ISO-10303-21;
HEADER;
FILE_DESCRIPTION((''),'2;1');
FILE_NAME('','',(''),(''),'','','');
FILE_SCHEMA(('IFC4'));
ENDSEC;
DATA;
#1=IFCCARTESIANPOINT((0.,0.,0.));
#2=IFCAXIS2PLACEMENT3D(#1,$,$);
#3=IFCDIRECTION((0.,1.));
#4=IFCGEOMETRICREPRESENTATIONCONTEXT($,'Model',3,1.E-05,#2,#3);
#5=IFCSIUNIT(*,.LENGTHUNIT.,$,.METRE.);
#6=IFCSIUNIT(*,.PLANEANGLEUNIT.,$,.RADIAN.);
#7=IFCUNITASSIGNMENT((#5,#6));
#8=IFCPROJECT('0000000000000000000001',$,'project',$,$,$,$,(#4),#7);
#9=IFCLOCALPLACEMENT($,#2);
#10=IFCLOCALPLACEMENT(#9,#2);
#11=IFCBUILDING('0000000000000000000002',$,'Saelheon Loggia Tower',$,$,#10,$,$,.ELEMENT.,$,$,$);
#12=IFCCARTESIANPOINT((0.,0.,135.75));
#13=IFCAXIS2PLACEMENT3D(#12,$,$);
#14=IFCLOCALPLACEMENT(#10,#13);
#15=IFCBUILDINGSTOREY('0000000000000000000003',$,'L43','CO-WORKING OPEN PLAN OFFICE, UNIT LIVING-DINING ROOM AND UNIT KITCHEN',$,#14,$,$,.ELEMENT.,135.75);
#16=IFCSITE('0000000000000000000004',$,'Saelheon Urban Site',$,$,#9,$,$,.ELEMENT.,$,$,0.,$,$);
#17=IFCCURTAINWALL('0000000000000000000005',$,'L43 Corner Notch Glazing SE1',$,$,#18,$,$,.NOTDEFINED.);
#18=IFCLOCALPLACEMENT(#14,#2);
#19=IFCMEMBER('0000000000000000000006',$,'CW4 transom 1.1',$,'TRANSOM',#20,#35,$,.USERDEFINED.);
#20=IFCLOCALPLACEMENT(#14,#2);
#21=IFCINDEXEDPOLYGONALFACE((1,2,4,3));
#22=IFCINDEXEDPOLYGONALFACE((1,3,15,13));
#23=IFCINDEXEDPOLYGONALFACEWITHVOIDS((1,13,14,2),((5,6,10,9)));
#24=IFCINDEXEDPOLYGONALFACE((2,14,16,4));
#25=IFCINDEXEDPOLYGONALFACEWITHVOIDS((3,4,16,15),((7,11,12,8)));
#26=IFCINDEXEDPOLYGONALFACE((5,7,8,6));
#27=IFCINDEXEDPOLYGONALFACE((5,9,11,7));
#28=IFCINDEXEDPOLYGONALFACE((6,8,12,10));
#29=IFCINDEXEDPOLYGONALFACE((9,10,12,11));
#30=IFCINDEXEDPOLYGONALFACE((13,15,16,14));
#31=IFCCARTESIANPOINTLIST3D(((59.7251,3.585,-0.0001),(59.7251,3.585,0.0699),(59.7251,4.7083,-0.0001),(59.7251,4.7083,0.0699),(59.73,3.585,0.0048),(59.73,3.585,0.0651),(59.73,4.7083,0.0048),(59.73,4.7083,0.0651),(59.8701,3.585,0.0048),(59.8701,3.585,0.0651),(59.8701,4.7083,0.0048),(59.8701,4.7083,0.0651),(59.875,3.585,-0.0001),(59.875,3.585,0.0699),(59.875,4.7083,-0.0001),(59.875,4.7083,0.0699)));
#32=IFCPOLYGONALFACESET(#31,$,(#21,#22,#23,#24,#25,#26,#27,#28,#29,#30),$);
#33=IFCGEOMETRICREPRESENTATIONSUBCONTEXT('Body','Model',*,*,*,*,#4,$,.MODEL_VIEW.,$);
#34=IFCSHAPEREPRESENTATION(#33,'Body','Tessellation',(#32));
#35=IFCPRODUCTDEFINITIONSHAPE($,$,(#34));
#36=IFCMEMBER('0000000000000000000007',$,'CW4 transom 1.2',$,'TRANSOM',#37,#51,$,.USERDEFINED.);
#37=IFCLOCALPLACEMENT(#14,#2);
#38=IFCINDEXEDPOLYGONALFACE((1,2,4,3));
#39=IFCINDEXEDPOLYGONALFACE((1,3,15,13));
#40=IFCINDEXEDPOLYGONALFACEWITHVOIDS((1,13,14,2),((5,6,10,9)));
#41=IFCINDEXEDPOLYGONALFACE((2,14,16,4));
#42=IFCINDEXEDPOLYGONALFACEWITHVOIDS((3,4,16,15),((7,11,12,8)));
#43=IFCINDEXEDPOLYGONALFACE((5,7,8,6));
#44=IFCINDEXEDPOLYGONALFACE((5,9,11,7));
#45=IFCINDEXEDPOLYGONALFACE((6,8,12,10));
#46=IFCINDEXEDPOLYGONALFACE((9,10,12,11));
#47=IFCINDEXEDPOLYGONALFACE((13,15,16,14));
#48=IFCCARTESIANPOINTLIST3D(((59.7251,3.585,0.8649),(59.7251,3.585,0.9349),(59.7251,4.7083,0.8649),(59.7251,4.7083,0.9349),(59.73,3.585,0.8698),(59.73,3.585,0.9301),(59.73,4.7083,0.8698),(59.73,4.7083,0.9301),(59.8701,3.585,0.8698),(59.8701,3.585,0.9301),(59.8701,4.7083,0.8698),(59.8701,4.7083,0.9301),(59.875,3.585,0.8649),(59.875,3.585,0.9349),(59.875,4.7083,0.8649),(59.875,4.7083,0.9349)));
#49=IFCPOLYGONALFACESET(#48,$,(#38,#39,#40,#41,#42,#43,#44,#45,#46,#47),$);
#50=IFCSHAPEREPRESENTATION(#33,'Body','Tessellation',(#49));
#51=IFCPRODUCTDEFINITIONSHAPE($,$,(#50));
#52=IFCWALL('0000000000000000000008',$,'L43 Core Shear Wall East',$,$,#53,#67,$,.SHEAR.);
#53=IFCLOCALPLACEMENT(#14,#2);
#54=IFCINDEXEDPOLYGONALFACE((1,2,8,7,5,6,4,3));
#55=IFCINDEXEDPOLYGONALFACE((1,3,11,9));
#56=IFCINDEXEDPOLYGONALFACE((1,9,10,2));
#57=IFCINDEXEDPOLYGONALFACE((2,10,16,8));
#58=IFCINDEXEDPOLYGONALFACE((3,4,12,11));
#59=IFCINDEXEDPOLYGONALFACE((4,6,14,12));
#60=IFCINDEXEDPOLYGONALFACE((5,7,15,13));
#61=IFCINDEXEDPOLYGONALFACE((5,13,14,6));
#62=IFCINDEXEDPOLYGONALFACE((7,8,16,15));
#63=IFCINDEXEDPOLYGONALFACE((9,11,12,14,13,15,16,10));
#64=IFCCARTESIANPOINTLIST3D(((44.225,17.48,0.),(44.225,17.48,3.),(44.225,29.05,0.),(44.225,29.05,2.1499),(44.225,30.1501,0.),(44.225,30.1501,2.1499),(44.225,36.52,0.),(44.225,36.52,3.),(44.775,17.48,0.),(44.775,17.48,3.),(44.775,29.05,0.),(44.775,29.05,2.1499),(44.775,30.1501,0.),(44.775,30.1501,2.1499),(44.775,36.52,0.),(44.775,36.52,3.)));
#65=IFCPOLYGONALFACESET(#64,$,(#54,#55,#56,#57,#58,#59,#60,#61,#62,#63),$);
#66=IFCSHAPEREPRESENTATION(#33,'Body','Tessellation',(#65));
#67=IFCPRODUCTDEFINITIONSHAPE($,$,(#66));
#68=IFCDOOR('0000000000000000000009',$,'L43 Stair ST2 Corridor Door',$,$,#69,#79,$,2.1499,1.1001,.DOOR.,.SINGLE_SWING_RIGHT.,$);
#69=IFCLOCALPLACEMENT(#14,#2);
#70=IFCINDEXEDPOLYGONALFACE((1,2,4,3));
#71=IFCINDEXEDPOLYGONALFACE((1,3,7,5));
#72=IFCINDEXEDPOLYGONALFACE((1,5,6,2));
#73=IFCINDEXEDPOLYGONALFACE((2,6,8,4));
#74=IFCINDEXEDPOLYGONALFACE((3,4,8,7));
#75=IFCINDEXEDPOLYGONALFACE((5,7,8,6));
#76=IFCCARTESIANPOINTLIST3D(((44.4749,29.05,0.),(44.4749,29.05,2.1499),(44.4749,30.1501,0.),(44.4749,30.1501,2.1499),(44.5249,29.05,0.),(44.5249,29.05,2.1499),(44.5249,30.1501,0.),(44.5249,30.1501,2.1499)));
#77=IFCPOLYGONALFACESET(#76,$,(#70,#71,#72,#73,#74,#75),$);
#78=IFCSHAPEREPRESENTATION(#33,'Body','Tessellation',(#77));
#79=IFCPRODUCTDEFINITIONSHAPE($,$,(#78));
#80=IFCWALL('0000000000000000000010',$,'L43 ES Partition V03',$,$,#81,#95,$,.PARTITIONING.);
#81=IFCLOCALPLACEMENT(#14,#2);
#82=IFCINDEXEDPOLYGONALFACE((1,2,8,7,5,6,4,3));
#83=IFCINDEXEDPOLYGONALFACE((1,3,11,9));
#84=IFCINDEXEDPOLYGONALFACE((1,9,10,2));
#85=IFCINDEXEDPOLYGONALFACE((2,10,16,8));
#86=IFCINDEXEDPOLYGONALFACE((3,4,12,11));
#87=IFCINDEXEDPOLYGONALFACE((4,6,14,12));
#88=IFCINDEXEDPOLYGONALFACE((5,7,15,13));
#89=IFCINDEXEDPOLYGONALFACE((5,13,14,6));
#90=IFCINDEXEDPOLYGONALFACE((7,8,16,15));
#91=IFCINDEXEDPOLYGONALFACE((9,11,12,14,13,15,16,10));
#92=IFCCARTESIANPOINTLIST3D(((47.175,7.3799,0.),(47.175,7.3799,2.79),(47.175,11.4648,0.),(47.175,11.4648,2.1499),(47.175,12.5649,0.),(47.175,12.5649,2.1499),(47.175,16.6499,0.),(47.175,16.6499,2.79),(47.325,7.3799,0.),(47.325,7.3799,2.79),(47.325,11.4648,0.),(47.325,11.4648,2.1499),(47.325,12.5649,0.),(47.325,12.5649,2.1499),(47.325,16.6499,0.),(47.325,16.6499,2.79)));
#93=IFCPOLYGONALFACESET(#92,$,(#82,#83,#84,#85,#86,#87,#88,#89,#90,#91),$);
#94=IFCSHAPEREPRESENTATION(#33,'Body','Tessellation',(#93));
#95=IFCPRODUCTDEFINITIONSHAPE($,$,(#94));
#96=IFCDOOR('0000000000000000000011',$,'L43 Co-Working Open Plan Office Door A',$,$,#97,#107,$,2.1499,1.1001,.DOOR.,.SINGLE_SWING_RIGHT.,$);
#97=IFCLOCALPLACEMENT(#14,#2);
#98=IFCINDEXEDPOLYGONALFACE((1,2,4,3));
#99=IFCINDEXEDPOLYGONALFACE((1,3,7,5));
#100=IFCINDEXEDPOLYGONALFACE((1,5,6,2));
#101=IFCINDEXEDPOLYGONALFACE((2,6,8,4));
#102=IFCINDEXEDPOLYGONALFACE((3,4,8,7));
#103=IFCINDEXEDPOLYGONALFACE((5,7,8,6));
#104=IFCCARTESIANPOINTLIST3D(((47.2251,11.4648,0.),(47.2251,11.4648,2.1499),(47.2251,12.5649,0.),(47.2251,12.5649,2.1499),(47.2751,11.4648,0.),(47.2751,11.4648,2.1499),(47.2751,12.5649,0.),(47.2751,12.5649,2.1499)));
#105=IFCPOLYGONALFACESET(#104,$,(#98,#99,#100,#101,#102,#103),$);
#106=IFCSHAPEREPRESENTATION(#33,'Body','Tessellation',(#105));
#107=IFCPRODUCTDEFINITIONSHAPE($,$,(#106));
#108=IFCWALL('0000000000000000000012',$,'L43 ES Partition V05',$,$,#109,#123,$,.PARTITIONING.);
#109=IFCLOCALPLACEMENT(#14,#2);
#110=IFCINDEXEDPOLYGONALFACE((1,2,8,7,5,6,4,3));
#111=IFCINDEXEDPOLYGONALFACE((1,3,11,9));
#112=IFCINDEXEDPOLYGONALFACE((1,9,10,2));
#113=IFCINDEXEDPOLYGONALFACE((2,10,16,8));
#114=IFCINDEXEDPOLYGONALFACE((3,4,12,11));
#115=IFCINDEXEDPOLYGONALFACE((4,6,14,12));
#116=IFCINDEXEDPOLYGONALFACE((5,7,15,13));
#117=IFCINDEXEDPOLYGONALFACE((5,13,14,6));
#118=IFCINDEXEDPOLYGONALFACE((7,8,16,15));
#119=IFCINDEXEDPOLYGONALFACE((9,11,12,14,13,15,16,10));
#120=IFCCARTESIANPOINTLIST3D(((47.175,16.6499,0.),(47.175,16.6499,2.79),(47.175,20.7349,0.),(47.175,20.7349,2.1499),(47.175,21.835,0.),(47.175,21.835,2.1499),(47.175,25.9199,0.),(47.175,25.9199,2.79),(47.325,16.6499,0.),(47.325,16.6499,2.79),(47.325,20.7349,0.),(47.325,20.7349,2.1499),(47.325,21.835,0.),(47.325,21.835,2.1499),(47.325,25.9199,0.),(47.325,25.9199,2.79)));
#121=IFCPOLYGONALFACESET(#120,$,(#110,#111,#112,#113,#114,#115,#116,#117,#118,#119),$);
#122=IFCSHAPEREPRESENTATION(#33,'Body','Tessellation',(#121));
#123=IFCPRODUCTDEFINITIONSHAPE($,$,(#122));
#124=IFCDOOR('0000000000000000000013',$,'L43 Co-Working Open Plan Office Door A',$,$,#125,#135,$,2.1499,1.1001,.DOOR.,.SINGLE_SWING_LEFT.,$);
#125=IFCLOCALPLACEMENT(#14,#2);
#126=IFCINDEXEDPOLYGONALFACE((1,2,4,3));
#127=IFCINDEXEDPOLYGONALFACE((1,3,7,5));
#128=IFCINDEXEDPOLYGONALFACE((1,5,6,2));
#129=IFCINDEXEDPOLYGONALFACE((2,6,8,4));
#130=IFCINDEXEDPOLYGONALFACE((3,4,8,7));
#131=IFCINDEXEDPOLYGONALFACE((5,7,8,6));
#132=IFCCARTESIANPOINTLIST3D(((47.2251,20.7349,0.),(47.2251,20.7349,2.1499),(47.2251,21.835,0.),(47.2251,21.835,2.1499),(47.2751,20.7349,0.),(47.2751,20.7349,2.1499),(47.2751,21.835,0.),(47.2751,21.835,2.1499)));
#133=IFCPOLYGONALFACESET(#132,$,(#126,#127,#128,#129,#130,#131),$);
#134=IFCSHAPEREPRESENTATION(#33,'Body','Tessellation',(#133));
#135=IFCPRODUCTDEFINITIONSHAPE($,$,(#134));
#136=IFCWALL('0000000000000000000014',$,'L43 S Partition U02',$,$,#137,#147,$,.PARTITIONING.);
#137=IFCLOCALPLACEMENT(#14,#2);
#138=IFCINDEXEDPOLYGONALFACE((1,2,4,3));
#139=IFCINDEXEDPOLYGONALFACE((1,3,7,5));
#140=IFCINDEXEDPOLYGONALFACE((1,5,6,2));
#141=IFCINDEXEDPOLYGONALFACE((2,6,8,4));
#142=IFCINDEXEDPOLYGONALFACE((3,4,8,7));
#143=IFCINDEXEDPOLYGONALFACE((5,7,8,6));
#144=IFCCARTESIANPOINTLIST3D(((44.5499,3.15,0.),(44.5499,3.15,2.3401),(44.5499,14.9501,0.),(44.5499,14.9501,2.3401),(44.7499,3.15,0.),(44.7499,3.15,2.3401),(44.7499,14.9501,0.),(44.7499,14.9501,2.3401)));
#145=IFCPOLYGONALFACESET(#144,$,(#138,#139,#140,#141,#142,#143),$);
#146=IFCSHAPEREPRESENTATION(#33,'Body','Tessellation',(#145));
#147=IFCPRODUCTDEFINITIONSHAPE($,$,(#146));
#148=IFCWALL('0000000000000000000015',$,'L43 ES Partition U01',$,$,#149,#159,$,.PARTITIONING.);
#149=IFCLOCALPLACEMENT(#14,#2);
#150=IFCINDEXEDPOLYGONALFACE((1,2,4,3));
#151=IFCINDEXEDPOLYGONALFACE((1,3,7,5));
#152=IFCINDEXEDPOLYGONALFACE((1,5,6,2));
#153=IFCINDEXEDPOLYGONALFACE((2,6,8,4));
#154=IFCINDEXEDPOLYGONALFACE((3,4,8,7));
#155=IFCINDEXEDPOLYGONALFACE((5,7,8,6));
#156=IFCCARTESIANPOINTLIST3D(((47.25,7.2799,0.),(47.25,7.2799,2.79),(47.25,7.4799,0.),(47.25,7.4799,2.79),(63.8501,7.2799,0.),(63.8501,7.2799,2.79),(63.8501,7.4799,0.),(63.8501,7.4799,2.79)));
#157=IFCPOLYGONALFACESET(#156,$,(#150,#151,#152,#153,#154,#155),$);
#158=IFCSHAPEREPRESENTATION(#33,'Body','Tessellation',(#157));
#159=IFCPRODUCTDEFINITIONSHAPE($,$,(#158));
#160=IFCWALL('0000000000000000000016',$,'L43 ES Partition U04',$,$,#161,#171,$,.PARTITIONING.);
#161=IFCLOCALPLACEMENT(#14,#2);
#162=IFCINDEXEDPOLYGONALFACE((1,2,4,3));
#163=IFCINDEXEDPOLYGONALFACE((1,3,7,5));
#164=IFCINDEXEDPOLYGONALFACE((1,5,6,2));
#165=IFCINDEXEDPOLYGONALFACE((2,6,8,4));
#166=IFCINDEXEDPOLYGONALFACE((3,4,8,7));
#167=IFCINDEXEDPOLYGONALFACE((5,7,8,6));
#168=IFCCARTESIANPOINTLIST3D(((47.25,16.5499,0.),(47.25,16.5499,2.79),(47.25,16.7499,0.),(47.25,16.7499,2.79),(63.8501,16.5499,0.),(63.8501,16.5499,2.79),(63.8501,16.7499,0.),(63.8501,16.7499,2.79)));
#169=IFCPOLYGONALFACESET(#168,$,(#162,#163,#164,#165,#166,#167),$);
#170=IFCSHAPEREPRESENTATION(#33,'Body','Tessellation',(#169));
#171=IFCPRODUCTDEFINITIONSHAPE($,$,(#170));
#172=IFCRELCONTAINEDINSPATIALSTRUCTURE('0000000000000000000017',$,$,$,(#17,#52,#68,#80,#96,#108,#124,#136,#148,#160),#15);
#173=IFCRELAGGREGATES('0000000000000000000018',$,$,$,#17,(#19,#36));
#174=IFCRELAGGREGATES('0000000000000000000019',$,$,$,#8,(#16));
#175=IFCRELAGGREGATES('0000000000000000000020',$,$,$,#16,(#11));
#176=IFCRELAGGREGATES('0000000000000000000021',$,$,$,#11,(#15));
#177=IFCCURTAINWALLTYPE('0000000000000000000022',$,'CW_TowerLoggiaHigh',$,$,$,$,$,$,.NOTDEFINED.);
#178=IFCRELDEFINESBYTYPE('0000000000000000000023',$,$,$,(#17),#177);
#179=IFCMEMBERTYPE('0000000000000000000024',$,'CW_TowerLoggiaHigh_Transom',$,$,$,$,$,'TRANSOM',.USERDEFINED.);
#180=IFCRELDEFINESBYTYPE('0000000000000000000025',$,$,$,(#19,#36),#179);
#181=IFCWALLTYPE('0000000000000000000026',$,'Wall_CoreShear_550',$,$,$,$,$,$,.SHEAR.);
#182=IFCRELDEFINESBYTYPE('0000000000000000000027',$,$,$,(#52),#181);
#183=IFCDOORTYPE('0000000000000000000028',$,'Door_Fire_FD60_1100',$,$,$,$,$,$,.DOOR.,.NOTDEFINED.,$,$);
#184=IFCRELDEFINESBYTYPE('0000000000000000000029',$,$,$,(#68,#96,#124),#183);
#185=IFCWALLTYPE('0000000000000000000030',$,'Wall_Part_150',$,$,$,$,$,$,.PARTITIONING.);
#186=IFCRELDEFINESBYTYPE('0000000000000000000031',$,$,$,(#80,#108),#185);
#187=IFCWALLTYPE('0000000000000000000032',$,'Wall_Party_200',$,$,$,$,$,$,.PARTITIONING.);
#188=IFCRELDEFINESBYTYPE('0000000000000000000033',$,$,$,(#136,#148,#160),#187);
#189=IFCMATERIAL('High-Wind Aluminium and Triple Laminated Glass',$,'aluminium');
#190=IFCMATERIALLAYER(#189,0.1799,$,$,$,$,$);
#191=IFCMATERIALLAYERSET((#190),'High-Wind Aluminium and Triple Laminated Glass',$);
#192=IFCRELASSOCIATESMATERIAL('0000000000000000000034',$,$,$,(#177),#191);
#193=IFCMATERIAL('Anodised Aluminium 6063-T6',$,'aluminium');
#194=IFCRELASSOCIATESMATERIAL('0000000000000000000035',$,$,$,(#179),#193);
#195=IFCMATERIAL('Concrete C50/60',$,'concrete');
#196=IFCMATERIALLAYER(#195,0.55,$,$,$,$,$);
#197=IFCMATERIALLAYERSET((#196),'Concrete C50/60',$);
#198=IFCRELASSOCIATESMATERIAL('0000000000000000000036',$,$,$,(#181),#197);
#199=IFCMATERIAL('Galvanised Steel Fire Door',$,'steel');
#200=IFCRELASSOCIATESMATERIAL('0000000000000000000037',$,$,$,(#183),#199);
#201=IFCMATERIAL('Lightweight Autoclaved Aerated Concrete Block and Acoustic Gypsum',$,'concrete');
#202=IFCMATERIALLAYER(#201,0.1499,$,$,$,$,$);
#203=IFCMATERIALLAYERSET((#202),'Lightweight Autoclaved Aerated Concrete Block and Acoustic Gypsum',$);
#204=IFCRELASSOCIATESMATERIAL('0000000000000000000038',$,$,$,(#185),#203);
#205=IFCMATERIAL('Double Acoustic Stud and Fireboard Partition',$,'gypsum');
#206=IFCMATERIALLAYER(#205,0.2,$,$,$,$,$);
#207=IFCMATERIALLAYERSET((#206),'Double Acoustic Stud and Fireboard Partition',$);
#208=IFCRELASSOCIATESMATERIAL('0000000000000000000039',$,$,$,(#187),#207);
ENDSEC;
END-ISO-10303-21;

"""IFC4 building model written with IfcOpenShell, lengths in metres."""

from ifc_helpers import new_model, si_unit, direction, frame, frame_2d, origin, origin_2d, place, context, subcontext, project, spatial, rectangle, hollow_rectangle, extrude, source, transform, mapped, material, layer, layer_set, material_profile, profile_set, type_object, element, fill, aggregate, save


model = new_model("IFC4")

# Units and contexts
model_context = context("Model", 3, precision=1e-05, world=origin(), true_north=direction((0.0, 1.0)))
body_context = subcontext(model_context, "Body", "Model", "MODEL_VIEW")
ifc_project = project(units=[si_unit("LENGTHUNIT", "METRE"), si_unit("PLANEANGLEUNIT", "RADIAN")], contexts=[model_context])

# Site, building, storey
site_placement = place(None, origin())
site = spatial("IfcSite", under=ifc_project, at=site_placement, Name="Saelheon Urban Site", CompositionType="ELEMENT", RefElevation=0.0)
building_placement = place(site_placement, origin())
building = spatial("IfcBuilding", under=site, at=building_placement, Name="Saelheon Loggia Tower", CompositionType="ELEMENT")
storey_placement = place(building_placement, frame((0.0, 0.0, 135.75)))
storey = spatial("IfcBuildingStorey", under=building, at=storey_placement, Name="L43", Description="CO-WORKING OPEN PLAN OFFICE, UNIT LIVING-DINING ROOM AND UNIT KITCHEN", CompositionType="ELEMENT", Elevation=135.75)

# Shared definitions
ifc_material_1 = material(Name="Concrete C50/60", Category="concrete")

# Curtain wall, members
ifc_material_2 = material(Name="High-Wind Aluminium and Triple Laminated Glass", Category="aluminium")
ifc_layer_1 = layer(ifc_material_2, 0.1799)
ifc_layer_set_1 = layer_set([ifc_layer_1], Name="High-Wind Aluminium and Triple Laminated Glass")
curtain_wall_type = type_object("IfcCurtainWallType", Name="CW_TowerLoggiaHigh", PredefinedType="NOTDEFINED", material=ifc_layer_set_1)
curtain_wall_placement = place(storey_placement, origin())
curtain_wall = element("IfcCurtainWall", 1, at=curtain_wall_placement, inside=storey, type_object=curtain_wall_type, Name="L43 Corner Notch Glazing SE1", PredefinedType="NOTDEFINED")
ifc_material_3 = material(Name="Anodised Aluminium 6063-T6", Category="aluminium")
ifc_material_profile_1 = material_profile(ifc_material_3, hollow_rectangle(XDim=0.0701, YDim=0.1499, WallThickness=0.0049, at=origin_2d()), Name="RHS-150x70x5")
ifc_profile_set_1 = profile_set([ifc_material_profile_1], Name="Anodised Aluminium 6063-T6")
member_type_1 = type_object("IfcMemberType", Name="CW_TowerLoggiaHigh_Transom", ElementType="TRANSOM", PredefinedType="USERDEFINED", material=ifc_profile_set_1)
shared_shape_1 = source(origin(), body_context, "Body", "SweptSolid", [
    extrude(hollow_rectangle(XDim=0.0701, YDim=0.1499, WallThickness=0.0049, at=origin_2d()), origin(), (0.0, 0.0, 1.0), 1.1233),
])
member_1_placement = place(storey_placement, frame((59.8, 3.585, 0.0349), z_axis=(0.0, 1.0, 0.0), x_axis=(0.0, 0.0, 1.0)))
member_1 = element("IfcMember", 2, at=member_1_placement, type_object=member_type_1, Name="CW4 transom 1.1", ObjectType="TRANSOM", PredefinedType="USERDEFINED", context=body_context, shape_type="MappedRepresentation", body=[
    mapped(shared_shape_1, transform((0.0, 0.0, 0.0), scale=1.0)),
])
member_2_placement = place(storey_placement, frame((59.8, 3.585, 0.8999), z_axis=(0.0, 1.0, 0.0), x_axis=(0.0, 0.0, 1.0)))
member_2 = element("IfcMember", 3, at=member_2_placement, type_object=member_type_1, Name="CW4 transom 1.2", ObjectType="TRANSOM", PredefinedType="USERDEFINED", context=body_context, shape_type="MappedRepresentation", body=[
    mapped(shared_shape_1, transform((0.0, 0.0, 0.0), scale=1.0)),
])
aggregate(curtain_wall, [member_1, member_2])

# Walls, openings, doors
ifc_layer_2 = layer(ifc_material_1, 0.55)
ifc_layer_set_2 = layer_set([ifc_layer_2], Name="Concrete C50/60")
wall_type_1 = type_object("IfcWallType", Name="Wall_CoreShear_550", PredefinedType="SHEAR", material=ifc_layer_set_2)
wall_1_placement = place(storey_placement, frame((44.5, 17.48, 0.0), z_axis=(0.0, 0.0, 1.0), x_axis=(0.0, 1.0, 0.0)))
wall_1 = element("IfcWall", 4, at=wall_1_placement, inside=storey, type_object=wall_type_1, Name="L43 Core Shear Wall East", PredefinedType="SHEAR", context=body_context, shape_type="SweptSolid", body=[
    extrude(rectangle(XDim=19.04, YDim=0.55, at=frame_2d((9.52, 0.0))), origin(), (0.0, 0.0, 1.0), 3.0),
])
opening_1_placement = place(wall_1_placement, frame((12.6702, 0.0, 0.0), z_axis=(0.0, 0.0, 1.0), x_axis=(-1.0, 0.0, 0.0)))
opening_1 = element("IfcOpeningElement", 5, at=opening_1_placement, cuts=wall_1, PredefinedType="OPENING", context=body_context, shape_type="SweptSolid", body=[
    extrude(rectangle(XDim=1.1001, YDim=2.1499, at=frame_2d((0.55, 1.075))), frame((0.0, 0.2871, 0.0), z_axis=(0.0, -1.0, 0.0), x_axis=(1.0, 0.0, 0.0)), (0.0, 0.0, 1.0), 0.574),
])
ifc_material_4 = material(Name="Galvanised Steel Fire Door", Category="steel")
door_type_1 = type_object("IfcDoorType", Name="Door_Fire_FD60_1100", OperationType="NOTDEFINED", PredefinedType="DOOR", material=ifc_material_4)
shared_shape_2 = source(origin(), body_context, "Body", "SweptSolid", [
    extrude(rectangle(XDim=1.1001, YDim=2.1499, at=frame_2d((0.55, 1.075))), frame((0.0, 0.0249, 0.0), z_axis=(0.0, -1.0, 0.0), x_axis=(1.0, 0.0, 0.0)), (0.0, 0.0, 1.0), 0.05),
])
door_1_placement = place(opening_1_placement, origin())
door_1 = element("IfcDoor", 6, at=door_1_placement, inside=storey, type_object=door_type_1, Name="L43 Stair ST2 Corridor Door", OperationType="SINGLE_SWING_RIGHT", OverallHeight=2.1499, OverallWidth=1.1001, PredefinedType="DOOR", context=body_context, shape_type="MappedRepresentation", body=[
    mapped(shared_shape_2, transform((0.0, 0.0, 0.0), scale=1.0)),
])
fill(opening_1, door_1)
ifc_material_5 = material(Name="Lightweight Autoclaved Aerated Concrete Block and Acoustic Gypsum", Category="concrete")
ifc_layer_3 = layer(ifc_material_5, 0.1499)
ifc_layer_set_3 = layer_set([ifc_layer_3], Name="Lightweight Autoclaved Aerated Concrete Block and Acoustic Gypsum")
wall_type_2 = type_object("IfcWallType", Name="Wall_Part_150", PredefinedType="PARTITIONING", material=ifc_layer_set_3)
wall_2_placement = place(storey_placement, frame((47.25, 7.3799, 0.0), z_axis=(0.0, 0.0, 1.0), x_axis=(0.0, 1.0, 0.0)))
wall_2 = element("IfcWall", 7, at=wall_2_placement, inside=storey, type_object=wall_type_2, Name="L43 ES Partition V03", PredefinedType="PARTITIONING", context=body_context, shape_type="SweptSolid", body=[
    extrude(rectangle(XDim=9.27, YDim=0.1499, at=frame_2d((4.635, 0.0))), origin(), (0.0, 0.0, 1.0), 2.79),
])
opening_2_placement = place(wall_2_placement, frame((4.085, 0.0, 0.0)))
opening_2 = element("IfcOpeningElement", 8, at=opening_2_placement, cuts=wall_2, PredefinedType="OPENING", context=body_context, shape_type="SweptSolid", body=[
    extrude(rectangle(XDim=1.1001, YDim=2.1499, at=frame_2d((0.55, 1.075))), frame((0.0, 0.0869, 0.0), z_axis=(0.0, -1.0, 0.0), x_axis=(1.0, 0.0, 0.0)), (0.0, 0.0, 1.0), 0.1738),
])
door_2_placement = place(opening_2_placement, origin())
door_2 = element("IfcDoor", 9, at=door_2_placement, inside=storey, type_object=door_type_1, Name="L43 Co-Working Open Plan Office Door A", OperationType="SINGLE_SWING_RIGHT", OverallHeight=2.1499, OverallWidth=1.1001, PredefinedType="DOOR", context=body_context, shape_type="MappedRepresentation", body=[
    mapped(shared_shape_2, transform((0.0, 0.0, 0.0), scale=1.0)),
])
fill(opening_2, door_2)
wall_3_placement = place(storey_placement, frame((47.25, 16.6499, 0.0), z_axis=(0.0, 0.0, 1.0), x_axis=(0.0, 1.0, 0.0)))
wall_3 = element("IfcWall", 10, at=wall_3_placement, inside=storey, type_object=wall_type_2, Name="L43 ES Partition V05", PredefinedType="PARTITIONING", context=body_context, shape_type="SweptSolid", body=[
    extrude(rectangle(XDim=9.27, YDim=0.1499, at=frame_2d((4.635, 0.0))), origin(), (0.0, 0.0, 1.0), 2.79),
])
opening_3_placement = place(wall_3_placement, frame((4.085, 0.0, 0.0)))
opening_3 = element("IfcOpeningElement", 11, at=opening_3_placement, cuts=wall_3, PredefinedType="OPENING", context=body_context, shape_type="SweptSolid", body=[
    extrude(rectangle(XDim=1.1001, YDim=2.1499, at=frame_2d((0.55, 1.075))), frame((0.0, 0.0869, 0.0), z_axis=(0.0, -1.0, 0.0), x_axis=(1.0, 0.0, 0.0)), (0.0, 0.0, 1.0), 0.1738),
])
door_3_placement = place(opening_3_placement, origin())
door_3 = element("IfcDoor", 12, at=door_3_placement, inside=storey, type_object=door_type_1, Name="L43 Co-Working Open Plan Office Door A", OperationType="SINGLE_SWING_LEFT", OverallHeight=2.1499, OverallWidth=1.1001, PredefinedType="DOOR", context=body_context, shape_type="MappedRepresentation", body=[
    mapped(shared_shape_2, transform((0.0, 0.0, 0.0), scale=1.0)),
])
fill(opening_3, door_3)

# Walls
ifc_material_6 = material(Name="Double Acoustic Stud and Fireboard Partition", Category="gypsum")
ifc_layer_4 = layer(ifc_material_6, 0.2)
ifc_layer_set_4 = layer_set([ifc_layer_4], Name="Double Acoustic Stud and Fireboard Partition")
wall_type_3 = type_object("IfcWallType", Name="Wall_Party_200", PredefinedType="PARTITIONING", material=ifc_layer_set_4)
wall_4_placement = place(storey_placement, frame((44.6499, 14.95, 0.0), z_axis=(0.0, 0.0, 1.0), x_axis=(0.0, -1.0, 0.0)))
element("IfcWall", 13, at=wall_4_placement, inside=storey, type_object=wall_type_3, Name="L43 S Partition U02", PredefinedType="PARTITIONING", context=body_context, shape_type="SweptSolid", body=[
    extrude(rectangle(XDim=11.8, YDim=0.2, at=frame_2d((5.8999, 0.0))), origin(), (0.0, 0.0, 1.0), 2.3401),
])
for number, where, z_axis, x_axis, name in (
    (14, (47.25, 7.3799, 0.0), (0.0, 0.0, 1.0), (1.0, 0.0, 0.0), "L43 ES Partition U01"),
    (15, (47.25, 16.6499, 0.0), (0.0, 0.0, 1.0), (1.0, 0.0, 0.0), "L43 ES Partition U04"),
):
    element("IfcWall", number, at=place(storey_placement, frame(where, z_axis=z_axis, x_axis=x_axis)), inside=storey, type_object=wall_type_3, Name=name, PredefinedType="PARTITIONING", context=body_context, shape_type="SweptSolid", body=[
        extrude(rectangle(XDim=16.6001, YDim=0.2, at=frame_2d((8.3, 0.0))), origin(), (0.0, 0.0, 1.0), 2.79),
    ])

save(model, "model.ifc")
